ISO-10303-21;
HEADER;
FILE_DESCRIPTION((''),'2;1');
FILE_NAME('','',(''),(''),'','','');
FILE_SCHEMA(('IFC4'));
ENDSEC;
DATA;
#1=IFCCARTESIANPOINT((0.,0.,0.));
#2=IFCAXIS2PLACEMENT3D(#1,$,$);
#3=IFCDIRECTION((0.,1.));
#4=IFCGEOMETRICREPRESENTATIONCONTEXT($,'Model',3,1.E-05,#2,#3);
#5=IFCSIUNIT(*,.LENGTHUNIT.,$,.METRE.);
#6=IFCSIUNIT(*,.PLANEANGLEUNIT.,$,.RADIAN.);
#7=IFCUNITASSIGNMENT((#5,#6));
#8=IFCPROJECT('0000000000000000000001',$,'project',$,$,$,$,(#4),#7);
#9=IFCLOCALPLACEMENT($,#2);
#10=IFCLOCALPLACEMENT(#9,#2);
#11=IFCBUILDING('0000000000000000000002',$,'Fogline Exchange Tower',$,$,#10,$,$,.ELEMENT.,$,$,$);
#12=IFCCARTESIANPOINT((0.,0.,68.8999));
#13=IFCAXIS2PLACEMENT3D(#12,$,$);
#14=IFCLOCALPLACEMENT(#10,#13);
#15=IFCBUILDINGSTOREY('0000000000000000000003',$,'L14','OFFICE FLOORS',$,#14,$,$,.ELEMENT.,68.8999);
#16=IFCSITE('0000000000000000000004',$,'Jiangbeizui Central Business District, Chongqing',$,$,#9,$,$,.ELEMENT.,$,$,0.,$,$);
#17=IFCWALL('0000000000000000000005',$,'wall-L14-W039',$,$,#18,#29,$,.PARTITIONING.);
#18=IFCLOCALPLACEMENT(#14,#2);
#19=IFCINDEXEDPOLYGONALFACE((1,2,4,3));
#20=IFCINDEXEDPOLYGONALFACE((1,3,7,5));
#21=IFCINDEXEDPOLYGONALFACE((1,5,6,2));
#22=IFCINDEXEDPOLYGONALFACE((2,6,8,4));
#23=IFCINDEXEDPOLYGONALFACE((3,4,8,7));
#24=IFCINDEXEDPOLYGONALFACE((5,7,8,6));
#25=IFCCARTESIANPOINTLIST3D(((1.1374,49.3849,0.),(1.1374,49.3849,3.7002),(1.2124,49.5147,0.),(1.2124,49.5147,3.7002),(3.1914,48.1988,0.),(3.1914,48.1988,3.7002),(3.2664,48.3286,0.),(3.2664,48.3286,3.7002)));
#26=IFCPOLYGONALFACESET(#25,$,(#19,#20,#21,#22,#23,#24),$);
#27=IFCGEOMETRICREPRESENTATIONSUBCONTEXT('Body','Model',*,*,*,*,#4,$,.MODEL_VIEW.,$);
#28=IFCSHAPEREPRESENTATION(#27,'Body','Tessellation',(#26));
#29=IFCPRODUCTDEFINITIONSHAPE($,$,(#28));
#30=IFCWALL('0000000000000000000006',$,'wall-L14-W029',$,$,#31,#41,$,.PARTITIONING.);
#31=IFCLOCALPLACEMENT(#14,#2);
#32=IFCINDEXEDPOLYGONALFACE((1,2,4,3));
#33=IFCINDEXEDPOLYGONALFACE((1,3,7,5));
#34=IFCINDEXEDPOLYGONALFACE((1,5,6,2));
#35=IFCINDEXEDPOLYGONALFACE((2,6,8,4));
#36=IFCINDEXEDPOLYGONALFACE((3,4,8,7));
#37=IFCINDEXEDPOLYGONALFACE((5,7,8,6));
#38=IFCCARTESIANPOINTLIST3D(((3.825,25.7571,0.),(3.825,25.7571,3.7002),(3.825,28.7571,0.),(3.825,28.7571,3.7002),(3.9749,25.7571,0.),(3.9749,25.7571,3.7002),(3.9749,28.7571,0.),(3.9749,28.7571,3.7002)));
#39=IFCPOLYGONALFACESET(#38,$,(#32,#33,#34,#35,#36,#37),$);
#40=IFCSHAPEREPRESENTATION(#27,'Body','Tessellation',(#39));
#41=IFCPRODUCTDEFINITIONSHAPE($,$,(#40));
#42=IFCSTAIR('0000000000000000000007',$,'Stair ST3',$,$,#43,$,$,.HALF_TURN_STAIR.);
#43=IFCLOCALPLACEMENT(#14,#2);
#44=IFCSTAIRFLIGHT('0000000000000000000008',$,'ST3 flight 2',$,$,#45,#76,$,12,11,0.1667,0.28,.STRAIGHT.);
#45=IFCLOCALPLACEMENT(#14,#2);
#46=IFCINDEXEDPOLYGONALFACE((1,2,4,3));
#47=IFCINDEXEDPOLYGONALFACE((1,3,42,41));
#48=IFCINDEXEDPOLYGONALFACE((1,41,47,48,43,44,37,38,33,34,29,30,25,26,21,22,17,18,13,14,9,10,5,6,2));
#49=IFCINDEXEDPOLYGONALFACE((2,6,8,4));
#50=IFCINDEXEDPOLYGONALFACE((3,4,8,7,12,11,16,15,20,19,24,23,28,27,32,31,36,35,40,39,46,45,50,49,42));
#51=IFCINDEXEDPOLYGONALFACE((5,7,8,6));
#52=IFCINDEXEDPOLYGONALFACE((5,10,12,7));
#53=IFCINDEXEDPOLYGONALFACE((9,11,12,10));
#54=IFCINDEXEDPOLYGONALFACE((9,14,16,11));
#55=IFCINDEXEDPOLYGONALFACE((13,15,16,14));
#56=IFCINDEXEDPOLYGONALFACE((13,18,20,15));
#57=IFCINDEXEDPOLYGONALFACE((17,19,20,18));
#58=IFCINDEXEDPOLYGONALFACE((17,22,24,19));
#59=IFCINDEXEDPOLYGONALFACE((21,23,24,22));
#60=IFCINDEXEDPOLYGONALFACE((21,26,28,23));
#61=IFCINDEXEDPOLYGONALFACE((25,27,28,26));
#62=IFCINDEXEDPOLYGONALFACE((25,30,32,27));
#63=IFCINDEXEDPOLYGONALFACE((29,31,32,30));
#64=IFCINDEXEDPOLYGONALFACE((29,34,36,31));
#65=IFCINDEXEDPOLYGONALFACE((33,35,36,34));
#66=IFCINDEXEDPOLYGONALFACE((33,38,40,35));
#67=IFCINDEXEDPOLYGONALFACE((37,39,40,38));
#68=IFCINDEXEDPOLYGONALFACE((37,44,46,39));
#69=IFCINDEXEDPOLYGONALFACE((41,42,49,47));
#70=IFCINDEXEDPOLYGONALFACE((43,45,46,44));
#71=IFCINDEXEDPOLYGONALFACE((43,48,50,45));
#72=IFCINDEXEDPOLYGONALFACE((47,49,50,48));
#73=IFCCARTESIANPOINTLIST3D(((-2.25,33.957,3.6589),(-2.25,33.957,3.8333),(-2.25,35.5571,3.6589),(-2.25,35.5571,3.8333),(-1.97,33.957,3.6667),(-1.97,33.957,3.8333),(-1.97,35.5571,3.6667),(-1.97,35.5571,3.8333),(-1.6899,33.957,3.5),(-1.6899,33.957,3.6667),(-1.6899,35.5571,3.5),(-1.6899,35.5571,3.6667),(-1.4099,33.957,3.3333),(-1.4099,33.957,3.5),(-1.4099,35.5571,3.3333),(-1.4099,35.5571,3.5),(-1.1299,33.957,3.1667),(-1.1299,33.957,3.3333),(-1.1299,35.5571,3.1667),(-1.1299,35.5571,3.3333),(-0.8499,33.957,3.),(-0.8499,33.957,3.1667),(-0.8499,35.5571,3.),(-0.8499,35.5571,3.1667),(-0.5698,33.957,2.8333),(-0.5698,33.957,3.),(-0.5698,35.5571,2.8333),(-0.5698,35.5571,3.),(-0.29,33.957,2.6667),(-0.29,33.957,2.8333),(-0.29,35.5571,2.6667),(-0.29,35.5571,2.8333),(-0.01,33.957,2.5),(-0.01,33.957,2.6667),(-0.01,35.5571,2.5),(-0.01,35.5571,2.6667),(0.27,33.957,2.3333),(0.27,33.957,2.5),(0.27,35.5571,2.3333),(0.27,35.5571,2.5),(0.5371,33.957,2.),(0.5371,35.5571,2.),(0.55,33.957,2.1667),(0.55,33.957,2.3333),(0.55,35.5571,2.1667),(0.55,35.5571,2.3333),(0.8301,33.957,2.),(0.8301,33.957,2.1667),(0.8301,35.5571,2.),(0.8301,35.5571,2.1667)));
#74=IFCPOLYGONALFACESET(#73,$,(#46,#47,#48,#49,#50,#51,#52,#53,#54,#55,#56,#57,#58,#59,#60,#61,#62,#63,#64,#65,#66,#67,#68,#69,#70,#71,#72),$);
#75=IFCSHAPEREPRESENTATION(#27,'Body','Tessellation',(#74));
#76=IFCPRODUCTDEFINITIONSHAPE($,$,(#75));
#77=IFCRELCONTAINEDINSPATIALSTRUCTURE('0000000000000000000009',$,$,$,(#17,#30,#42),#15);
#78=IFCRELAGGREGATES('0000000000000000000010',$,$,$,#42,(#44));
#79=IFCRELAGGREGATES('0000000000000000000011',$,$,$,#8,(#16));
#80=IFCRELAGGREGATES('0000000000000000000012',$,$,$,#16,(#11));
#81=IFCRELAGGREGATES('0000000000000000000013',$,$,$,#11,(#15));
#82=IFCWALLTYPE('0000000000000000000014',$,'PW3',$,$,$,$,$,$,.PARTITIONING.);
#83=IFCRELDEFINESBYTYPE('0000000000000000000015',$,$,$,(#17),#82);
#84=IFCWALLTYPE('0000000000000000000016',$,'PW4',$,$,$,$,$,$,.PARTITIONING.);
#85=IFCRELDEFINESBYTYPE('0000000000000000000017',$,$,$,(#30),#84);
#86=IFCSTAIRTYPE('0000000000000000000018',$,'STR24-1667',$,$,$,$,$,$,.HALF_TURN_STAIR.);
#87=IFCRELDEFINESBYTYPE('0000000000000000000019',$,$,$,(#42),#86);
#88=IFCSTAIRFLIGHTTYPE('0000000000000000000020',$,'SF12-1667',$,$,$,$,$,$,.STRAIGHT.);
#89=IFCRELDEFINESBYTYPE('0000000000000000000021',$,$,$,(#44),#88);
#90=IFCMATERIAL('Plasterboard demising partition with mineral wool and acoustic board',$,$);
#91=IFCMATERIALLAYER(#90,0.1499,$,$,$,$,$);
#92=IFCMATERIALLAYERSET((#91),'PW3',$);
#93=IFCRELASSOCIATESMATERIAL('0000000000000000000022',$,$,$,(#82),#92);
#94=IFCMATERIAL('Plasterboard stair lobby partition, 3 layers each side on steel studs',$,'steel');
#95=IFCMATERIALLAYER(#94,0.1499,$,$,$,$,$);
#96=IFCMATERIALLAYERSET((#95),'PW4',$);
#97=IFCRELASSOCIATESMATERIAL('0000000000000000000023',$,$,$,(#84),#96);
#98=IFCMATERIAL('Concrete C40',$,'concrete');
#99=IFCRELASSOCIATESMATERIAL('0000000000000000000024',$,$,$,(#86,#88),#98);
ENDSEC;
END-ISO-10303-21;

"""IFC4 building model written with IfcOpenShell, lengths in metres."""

from ifc_helpers import new_model, si_unit, direction, frame, frame_2d, origin, place, context, subcontext, project, spatial, polyline, rectangle, outline, extrude, material, layer, layer_set, type_object, element, aggregate, save


model = new_model("IFC4")

# Units and contexts
model_context = context("Model", 3, precision=1e-05, world=origin(), true_north=direction((0.0, 1.0)))
body_context = subcontext(model_context, "Body", "Model", "MODEL_VIEW")
ifc_project = project(units=[si_unit("LENGTHUNIT", "METRE"), si_unit("PLANEANGLEUNIT", "RADIAN")], contexts=[model_context])

# Site, building, storey
site_placement = place(None, origin())
site = spatial("IfcSite", under=ifc_project, at=site_placement, Name="Jiangbeizui Central Business District, Chongqing", CompositionType="ELEMENT", RefElevation=0.0)
building_placement = place(site_placement, origin())
building = spatial("IfcBuilding", under=site, at=building_placement, Name="Fogline Exchange Tower", CompositionType="ELEMENT")
storey_placement = place(building_placement, frame((0.0, 0.0, 68.8999)))
storey = spatial("IfcBuildingStorey", under=building, at=storey_placement, Name="L14", Description="OFFICE FLOORS", CompositionType="ELEMENT", Elevation=68.8999)

# Shared definitions
ifc_material_1 = material(Name="Concrete C40", Category="concrete")

# Walls
ifc_material_2 = material(Name="Plasterboard demising partition with mineral wool and acoustic board")
ifc_layer_1 = layer(ifc_material_2, 0.1499)
ifc_layer_set_1 = layer_set([ifc_layer_1], Name="PW3")
wall_type_1 = type_object("IfcWallType", Name="PW3", PredefinedType="PARTITIONING", material=ifc_layer_set_1)
wall_1_placement = place(storey_placement, frame((3.229, 48.2637, 0.0), z_axis=(0.0, 0.0, 1.0), x_axis=(-0.865992, 0.500058, 0.0)))
element("IfcWall", 1, at=wall_1_placement, inside=storey, type_object=wall_type_1, Name="wall-L14-W039", PredefinedType="PARTITIONING", context=body_context, shape_type="SweptSolid", body=[
    extrude(rectangle(XDim=2.3718, YDim=0.1499, at=frame_2d((1.186, 0.0))), origin(), (0.0, 0.0, 1.0), 3.7002),
])
ifc_material_3 = material(Name="Plasterboard stair lobby partition, 3 layers each side on steel studs", Category="steel")
ifc_layer_2 = layer(ifc_material_3, 0.1499)
ifc_layer_set_2 = layer_set([ifc_layer_2], Name="PW4")
wall_type_2 = type_object("IfcWallType", Name="PW4", PredefinedType="PARTITIONING", material=ifc_layer_set_2)
wall_2_placement = place(storey_placement, frame((3.8999, 28.7571, 0.0), z_axis=(0.0, 0.0, 1.0), x_axis=(0.0, -1.0, 0.0)))
element("IfcWall", 2, at=wall_2_placement, inside=storey, type_object=wall_type_2, Name="wall-L14-W029", PredefinedType="PARTITIONING", context=body_context, shape_type="SweptSolid", body=[
    extrude(rectangle(XDim=3.0, YDim=0.1499, at=frame_2d((1.5, 0.0))), origin(), (0.0, 0.0, 1.0), 3.7002),
])

# Stair, stair flight
stair_type = type_object("IfcStairType", Name="STR24-1667", PredefinedType="HALF_TURN_STAIR", material=ifc_material_1)
stair_placement = place(storey_placement, origin())
stair = element("IfcStair", 3, at=stair_placement, inside=storey, type_object=stair_type, Name="Stair ST3", PredefinedType="HALF_TURN_STAIR")
stair_flight_type = type_object("IfcStairFlightType", Name="SF12-1667", PredefinedType="STRAIGHT", material=ifc_material_1)
stair_flight_placement = place(storey_placement, frame((0.8301, 34.7571, 2.0), z_axis=(0.0, 0.0, 1.0), x_axis=(-1.0, 0.0, 0.0)))
stair_flight = element("IfcStairFlight", 4, at=stair_flight_placement, type_object=stair_flight_type, Name="ST3 flight 2", NumberOfRisers=12, NumberOfTreads=11, PredefinedType="STRAIGHT", RiserHeight=0.1667, TreadLength=0.28, context=body_context, shape_type="SweptSolid", body=[
    extrude(outline(polyline([(0.0, 0.0), (0.0, 0.1667), (0.28, 0.1667), (0.28, 0.3333), (0.5601, 0.3333), (0.5601, 0.5), (0.8401, 0.5), (0.8401, 0.6667), (1.1201, 0.6667), (1.1201, 0.8333), (1.3999, 0.8333), (1.3999, 1.0), (1.6799, 1.0), (1.6799, 1.1667), (1.96, 1.1667), (1.96, 1.3333), (2.24, 1.3333), (2.24, 1.5), (2.52, 1.5), (2.52, 1.6667), (2.8, 1.6667), (2.8, 1.8333), (3.0801, 1.8333), (3.0801, 2.0), (3.0801, 1.6589), (0.293, 0.0), (0.0, 0.0)])), frame((0.0, 0.8, 0.0), z_axis=(0.0, -1.0, 0.0), x_axis=(1.0, 0.0, 0.0)), (0.0, 0.0, 1.0), 1.6001),
])
aggregate(stair, [stair_flight])

save(model, "model.ifc")
